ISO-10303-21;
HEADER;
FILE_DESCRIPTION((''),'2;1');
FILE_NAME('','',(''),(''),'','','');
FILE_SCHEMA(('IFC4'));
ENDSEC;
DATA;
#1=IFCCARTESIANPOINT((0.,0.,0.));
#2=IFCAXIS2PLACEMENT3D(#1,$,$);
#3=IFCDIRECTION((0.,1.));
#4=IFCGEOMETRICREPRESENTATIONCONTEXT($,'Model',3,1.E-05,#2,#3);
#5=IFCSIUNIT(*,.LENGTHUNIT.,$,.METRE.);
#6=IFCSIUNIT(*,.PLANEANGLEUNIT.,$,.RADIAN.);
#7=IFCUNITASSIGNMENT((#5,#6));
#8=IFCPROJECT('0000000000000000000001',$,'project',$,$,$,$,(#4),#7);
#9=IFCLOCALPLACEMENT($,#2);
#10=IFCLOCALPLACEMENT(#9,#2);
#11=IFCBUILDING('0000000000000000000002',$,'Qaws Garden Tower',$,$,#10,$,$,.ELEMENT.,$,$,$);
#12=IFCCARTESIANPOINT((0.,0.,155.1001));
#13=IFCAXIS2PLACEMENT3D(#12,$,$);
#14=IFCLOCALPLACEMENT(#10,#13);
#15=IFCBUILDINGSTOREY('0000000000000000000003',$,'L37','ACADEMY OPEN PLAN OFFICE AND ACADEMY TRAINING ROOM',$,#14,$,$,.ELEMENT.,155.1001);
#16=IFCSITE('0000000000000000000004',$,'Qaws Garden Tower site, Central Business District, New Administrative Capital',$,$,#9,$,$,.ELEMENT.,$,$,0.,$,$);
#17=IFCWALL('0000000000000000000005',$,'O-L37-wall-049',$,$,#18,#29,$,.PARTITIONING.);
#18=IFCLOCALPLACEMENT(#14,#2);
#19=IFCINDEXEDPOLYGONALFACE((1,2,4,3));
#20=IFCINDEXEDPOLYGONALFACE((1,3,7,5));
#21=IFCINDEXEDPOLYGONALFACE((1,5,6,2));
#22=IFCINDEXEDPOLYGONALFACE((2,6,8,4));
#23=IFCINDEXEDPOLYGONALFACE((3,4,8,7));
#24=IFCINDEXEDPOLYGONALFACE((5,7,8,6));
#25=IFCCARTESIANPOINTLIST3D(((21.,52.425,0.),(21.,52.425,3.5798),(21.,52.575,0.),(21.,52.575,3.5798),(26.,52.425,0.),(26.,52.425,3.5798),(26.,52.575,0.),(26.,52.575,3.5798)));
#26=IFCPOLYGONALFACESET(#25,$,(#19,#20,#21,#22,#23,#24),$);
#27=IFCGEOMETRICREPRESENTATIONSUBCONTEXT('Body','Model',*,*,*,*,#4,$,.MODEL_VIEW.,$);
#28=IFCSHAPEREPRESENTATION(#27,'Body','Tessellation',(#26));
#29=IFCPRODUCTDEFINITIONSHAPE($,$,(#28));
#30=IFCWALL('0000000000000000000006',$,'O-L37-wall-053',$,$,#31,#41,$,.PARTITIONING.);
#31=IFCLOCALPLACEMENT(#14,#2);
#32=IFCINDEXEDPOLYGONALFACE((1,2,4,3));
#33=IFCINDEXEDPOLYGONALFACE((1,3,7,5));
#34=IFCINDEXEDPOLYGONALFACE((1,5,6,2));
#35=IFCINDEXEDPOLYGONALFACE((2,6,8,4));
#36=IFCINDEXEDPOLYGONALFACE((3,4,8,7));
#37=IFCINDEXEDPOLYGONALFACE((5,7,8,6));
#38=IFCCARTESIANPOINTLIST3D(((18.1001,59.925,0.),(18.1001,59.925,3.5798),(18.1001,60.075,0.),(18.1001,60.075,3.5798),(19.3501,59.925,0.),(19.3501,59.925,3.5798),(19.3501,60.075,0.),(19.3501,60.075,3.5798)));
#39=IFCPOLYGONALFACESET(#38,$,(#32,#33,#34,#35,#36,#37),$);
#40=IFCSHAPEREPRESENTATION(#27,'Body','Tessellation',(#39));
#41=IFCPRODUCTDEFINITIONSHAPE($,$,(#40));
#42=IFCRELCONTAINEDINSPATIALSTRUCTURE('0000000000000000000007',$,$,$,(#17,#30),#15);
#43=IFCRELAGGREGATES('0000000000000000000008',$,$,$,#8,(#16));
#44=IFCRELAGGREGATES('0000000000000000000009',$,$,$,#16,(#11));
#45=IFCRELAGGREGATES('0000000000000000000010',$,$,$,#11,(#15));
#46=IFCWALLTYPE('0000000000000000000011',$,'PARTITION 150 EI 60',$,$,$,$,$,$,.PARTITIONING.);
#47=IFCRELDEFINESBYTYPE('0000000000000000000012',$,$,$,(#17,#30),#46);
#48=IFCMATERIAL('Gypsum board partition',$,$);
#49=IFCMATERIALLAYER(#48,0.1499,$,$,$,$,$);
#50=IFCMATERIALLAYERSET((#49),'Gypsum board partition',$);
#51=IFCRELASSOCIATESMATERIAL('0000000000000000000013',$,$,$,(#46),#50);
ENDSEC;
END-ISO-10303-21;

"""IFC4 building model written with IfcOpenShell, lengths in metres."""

from ifc_helpers import new_model, si_unit, direction, frame, frame_2d, origin, place, context, subcontext, project, spatial, rectangle, extrude, material, layer, layer_set, type_object, element, save


model = new_model("IFC4")

# Units and contexts
model_context = context("Model", 3, precision=1e-05, world=origin(), true_north=direction((0.0, 1.0)))
body_context = subcontext(model_context, "Body", "Model", "MODEL_VIEW")
ifc_project = project(units=[si_unit("LENGTHUNIT", "METRE"), si_unit("PLANEANGLEUNIT", "RADIAN")], contexts=[model_context])

# Site, building, storey
site_placement = place(None, origin())
site = spatial("IfcSite", under=ifc_project, at=site_placement, Name="Qaws Garden Tower site, Central Business District, New Administrative Capital", CompositionType="ELEMENT", RefElevation=0.0)
building_placement = place(site_placement, origin())
building = spatial("IfcBuilding", under=site, at=building_placement, Name="Qaws Garden Tower", CompositionType="ELEMENT")
storey_placement = place(building_placement, frame((0.0, 0.0, 155.1001)))
storey = spatial("IfcBuildingStorey", under=building, at=storey_placement, Name="L37", Description="ACADEMY OPEN PLAN OFFICE AND ACADEMY TRAINING ROOM", CompositionType="ELEMENT", Elevation=155.1001)

# Shared definitions
ifc_material_1 = material(Name="Gypsum board partition")
ifc_layer_1 = layer(ifc_material_1, 0.1499)
ifc_layer_set_1 = layer_set([ifc_layer_1], Name="Gypsum board partition")
wall_type_1 = type_object("IfcWallType", Name="PARTITION 150 EI 60", PredefinedType="PARTITIONING", material=ifc_layer_set_1)

# Walls
for number, where, z_axis, x_axis, name in (
    (1, (21.0, 52.5, 0.0), (0.0, 0.0, 1.0), (1.0, 0.0, 0.0), "O-L37-wall-049"),
):
    element("IfcWall", number, at=place(storey_placement, frame(where, z_axis=z_axis, x_axis=x_axis)), inside=storey, type_object=wall_type_1, Name=name, PredefinedType="PARTITIONING", context=body_context, shape_type="SweptSolid", body=[
        extrude(rectangle(XDim=5.0, YDim=0.1499, at=frame_2d((2.5, 0.0))), origin(), (0.0, 0.0, 1.0), 3.5798),
    ])
wall_1_placement = place(storey_placement, frame((18.1001, 60.0, 0.0), z_axis=(0.0, 0.0, 1.0), x_axis=(1.0, 0.0, 0.0)))
element("IfcWall", 2, at=wall_1_placement, inside=storey, type_object=wall_type_1, Name="O-L37-wall-053", PredefinedType="PARTITIONING", context=body_context, shape_type="SweptSolid", body=[
    extrude(rectangle(XDim=1.25, YDim=0.1499, at=frame_2d((0.625, 0.0))), origin(), (0.0, 0.0, 1.0), 3.5798),
])

save(model, "model.ifc")
